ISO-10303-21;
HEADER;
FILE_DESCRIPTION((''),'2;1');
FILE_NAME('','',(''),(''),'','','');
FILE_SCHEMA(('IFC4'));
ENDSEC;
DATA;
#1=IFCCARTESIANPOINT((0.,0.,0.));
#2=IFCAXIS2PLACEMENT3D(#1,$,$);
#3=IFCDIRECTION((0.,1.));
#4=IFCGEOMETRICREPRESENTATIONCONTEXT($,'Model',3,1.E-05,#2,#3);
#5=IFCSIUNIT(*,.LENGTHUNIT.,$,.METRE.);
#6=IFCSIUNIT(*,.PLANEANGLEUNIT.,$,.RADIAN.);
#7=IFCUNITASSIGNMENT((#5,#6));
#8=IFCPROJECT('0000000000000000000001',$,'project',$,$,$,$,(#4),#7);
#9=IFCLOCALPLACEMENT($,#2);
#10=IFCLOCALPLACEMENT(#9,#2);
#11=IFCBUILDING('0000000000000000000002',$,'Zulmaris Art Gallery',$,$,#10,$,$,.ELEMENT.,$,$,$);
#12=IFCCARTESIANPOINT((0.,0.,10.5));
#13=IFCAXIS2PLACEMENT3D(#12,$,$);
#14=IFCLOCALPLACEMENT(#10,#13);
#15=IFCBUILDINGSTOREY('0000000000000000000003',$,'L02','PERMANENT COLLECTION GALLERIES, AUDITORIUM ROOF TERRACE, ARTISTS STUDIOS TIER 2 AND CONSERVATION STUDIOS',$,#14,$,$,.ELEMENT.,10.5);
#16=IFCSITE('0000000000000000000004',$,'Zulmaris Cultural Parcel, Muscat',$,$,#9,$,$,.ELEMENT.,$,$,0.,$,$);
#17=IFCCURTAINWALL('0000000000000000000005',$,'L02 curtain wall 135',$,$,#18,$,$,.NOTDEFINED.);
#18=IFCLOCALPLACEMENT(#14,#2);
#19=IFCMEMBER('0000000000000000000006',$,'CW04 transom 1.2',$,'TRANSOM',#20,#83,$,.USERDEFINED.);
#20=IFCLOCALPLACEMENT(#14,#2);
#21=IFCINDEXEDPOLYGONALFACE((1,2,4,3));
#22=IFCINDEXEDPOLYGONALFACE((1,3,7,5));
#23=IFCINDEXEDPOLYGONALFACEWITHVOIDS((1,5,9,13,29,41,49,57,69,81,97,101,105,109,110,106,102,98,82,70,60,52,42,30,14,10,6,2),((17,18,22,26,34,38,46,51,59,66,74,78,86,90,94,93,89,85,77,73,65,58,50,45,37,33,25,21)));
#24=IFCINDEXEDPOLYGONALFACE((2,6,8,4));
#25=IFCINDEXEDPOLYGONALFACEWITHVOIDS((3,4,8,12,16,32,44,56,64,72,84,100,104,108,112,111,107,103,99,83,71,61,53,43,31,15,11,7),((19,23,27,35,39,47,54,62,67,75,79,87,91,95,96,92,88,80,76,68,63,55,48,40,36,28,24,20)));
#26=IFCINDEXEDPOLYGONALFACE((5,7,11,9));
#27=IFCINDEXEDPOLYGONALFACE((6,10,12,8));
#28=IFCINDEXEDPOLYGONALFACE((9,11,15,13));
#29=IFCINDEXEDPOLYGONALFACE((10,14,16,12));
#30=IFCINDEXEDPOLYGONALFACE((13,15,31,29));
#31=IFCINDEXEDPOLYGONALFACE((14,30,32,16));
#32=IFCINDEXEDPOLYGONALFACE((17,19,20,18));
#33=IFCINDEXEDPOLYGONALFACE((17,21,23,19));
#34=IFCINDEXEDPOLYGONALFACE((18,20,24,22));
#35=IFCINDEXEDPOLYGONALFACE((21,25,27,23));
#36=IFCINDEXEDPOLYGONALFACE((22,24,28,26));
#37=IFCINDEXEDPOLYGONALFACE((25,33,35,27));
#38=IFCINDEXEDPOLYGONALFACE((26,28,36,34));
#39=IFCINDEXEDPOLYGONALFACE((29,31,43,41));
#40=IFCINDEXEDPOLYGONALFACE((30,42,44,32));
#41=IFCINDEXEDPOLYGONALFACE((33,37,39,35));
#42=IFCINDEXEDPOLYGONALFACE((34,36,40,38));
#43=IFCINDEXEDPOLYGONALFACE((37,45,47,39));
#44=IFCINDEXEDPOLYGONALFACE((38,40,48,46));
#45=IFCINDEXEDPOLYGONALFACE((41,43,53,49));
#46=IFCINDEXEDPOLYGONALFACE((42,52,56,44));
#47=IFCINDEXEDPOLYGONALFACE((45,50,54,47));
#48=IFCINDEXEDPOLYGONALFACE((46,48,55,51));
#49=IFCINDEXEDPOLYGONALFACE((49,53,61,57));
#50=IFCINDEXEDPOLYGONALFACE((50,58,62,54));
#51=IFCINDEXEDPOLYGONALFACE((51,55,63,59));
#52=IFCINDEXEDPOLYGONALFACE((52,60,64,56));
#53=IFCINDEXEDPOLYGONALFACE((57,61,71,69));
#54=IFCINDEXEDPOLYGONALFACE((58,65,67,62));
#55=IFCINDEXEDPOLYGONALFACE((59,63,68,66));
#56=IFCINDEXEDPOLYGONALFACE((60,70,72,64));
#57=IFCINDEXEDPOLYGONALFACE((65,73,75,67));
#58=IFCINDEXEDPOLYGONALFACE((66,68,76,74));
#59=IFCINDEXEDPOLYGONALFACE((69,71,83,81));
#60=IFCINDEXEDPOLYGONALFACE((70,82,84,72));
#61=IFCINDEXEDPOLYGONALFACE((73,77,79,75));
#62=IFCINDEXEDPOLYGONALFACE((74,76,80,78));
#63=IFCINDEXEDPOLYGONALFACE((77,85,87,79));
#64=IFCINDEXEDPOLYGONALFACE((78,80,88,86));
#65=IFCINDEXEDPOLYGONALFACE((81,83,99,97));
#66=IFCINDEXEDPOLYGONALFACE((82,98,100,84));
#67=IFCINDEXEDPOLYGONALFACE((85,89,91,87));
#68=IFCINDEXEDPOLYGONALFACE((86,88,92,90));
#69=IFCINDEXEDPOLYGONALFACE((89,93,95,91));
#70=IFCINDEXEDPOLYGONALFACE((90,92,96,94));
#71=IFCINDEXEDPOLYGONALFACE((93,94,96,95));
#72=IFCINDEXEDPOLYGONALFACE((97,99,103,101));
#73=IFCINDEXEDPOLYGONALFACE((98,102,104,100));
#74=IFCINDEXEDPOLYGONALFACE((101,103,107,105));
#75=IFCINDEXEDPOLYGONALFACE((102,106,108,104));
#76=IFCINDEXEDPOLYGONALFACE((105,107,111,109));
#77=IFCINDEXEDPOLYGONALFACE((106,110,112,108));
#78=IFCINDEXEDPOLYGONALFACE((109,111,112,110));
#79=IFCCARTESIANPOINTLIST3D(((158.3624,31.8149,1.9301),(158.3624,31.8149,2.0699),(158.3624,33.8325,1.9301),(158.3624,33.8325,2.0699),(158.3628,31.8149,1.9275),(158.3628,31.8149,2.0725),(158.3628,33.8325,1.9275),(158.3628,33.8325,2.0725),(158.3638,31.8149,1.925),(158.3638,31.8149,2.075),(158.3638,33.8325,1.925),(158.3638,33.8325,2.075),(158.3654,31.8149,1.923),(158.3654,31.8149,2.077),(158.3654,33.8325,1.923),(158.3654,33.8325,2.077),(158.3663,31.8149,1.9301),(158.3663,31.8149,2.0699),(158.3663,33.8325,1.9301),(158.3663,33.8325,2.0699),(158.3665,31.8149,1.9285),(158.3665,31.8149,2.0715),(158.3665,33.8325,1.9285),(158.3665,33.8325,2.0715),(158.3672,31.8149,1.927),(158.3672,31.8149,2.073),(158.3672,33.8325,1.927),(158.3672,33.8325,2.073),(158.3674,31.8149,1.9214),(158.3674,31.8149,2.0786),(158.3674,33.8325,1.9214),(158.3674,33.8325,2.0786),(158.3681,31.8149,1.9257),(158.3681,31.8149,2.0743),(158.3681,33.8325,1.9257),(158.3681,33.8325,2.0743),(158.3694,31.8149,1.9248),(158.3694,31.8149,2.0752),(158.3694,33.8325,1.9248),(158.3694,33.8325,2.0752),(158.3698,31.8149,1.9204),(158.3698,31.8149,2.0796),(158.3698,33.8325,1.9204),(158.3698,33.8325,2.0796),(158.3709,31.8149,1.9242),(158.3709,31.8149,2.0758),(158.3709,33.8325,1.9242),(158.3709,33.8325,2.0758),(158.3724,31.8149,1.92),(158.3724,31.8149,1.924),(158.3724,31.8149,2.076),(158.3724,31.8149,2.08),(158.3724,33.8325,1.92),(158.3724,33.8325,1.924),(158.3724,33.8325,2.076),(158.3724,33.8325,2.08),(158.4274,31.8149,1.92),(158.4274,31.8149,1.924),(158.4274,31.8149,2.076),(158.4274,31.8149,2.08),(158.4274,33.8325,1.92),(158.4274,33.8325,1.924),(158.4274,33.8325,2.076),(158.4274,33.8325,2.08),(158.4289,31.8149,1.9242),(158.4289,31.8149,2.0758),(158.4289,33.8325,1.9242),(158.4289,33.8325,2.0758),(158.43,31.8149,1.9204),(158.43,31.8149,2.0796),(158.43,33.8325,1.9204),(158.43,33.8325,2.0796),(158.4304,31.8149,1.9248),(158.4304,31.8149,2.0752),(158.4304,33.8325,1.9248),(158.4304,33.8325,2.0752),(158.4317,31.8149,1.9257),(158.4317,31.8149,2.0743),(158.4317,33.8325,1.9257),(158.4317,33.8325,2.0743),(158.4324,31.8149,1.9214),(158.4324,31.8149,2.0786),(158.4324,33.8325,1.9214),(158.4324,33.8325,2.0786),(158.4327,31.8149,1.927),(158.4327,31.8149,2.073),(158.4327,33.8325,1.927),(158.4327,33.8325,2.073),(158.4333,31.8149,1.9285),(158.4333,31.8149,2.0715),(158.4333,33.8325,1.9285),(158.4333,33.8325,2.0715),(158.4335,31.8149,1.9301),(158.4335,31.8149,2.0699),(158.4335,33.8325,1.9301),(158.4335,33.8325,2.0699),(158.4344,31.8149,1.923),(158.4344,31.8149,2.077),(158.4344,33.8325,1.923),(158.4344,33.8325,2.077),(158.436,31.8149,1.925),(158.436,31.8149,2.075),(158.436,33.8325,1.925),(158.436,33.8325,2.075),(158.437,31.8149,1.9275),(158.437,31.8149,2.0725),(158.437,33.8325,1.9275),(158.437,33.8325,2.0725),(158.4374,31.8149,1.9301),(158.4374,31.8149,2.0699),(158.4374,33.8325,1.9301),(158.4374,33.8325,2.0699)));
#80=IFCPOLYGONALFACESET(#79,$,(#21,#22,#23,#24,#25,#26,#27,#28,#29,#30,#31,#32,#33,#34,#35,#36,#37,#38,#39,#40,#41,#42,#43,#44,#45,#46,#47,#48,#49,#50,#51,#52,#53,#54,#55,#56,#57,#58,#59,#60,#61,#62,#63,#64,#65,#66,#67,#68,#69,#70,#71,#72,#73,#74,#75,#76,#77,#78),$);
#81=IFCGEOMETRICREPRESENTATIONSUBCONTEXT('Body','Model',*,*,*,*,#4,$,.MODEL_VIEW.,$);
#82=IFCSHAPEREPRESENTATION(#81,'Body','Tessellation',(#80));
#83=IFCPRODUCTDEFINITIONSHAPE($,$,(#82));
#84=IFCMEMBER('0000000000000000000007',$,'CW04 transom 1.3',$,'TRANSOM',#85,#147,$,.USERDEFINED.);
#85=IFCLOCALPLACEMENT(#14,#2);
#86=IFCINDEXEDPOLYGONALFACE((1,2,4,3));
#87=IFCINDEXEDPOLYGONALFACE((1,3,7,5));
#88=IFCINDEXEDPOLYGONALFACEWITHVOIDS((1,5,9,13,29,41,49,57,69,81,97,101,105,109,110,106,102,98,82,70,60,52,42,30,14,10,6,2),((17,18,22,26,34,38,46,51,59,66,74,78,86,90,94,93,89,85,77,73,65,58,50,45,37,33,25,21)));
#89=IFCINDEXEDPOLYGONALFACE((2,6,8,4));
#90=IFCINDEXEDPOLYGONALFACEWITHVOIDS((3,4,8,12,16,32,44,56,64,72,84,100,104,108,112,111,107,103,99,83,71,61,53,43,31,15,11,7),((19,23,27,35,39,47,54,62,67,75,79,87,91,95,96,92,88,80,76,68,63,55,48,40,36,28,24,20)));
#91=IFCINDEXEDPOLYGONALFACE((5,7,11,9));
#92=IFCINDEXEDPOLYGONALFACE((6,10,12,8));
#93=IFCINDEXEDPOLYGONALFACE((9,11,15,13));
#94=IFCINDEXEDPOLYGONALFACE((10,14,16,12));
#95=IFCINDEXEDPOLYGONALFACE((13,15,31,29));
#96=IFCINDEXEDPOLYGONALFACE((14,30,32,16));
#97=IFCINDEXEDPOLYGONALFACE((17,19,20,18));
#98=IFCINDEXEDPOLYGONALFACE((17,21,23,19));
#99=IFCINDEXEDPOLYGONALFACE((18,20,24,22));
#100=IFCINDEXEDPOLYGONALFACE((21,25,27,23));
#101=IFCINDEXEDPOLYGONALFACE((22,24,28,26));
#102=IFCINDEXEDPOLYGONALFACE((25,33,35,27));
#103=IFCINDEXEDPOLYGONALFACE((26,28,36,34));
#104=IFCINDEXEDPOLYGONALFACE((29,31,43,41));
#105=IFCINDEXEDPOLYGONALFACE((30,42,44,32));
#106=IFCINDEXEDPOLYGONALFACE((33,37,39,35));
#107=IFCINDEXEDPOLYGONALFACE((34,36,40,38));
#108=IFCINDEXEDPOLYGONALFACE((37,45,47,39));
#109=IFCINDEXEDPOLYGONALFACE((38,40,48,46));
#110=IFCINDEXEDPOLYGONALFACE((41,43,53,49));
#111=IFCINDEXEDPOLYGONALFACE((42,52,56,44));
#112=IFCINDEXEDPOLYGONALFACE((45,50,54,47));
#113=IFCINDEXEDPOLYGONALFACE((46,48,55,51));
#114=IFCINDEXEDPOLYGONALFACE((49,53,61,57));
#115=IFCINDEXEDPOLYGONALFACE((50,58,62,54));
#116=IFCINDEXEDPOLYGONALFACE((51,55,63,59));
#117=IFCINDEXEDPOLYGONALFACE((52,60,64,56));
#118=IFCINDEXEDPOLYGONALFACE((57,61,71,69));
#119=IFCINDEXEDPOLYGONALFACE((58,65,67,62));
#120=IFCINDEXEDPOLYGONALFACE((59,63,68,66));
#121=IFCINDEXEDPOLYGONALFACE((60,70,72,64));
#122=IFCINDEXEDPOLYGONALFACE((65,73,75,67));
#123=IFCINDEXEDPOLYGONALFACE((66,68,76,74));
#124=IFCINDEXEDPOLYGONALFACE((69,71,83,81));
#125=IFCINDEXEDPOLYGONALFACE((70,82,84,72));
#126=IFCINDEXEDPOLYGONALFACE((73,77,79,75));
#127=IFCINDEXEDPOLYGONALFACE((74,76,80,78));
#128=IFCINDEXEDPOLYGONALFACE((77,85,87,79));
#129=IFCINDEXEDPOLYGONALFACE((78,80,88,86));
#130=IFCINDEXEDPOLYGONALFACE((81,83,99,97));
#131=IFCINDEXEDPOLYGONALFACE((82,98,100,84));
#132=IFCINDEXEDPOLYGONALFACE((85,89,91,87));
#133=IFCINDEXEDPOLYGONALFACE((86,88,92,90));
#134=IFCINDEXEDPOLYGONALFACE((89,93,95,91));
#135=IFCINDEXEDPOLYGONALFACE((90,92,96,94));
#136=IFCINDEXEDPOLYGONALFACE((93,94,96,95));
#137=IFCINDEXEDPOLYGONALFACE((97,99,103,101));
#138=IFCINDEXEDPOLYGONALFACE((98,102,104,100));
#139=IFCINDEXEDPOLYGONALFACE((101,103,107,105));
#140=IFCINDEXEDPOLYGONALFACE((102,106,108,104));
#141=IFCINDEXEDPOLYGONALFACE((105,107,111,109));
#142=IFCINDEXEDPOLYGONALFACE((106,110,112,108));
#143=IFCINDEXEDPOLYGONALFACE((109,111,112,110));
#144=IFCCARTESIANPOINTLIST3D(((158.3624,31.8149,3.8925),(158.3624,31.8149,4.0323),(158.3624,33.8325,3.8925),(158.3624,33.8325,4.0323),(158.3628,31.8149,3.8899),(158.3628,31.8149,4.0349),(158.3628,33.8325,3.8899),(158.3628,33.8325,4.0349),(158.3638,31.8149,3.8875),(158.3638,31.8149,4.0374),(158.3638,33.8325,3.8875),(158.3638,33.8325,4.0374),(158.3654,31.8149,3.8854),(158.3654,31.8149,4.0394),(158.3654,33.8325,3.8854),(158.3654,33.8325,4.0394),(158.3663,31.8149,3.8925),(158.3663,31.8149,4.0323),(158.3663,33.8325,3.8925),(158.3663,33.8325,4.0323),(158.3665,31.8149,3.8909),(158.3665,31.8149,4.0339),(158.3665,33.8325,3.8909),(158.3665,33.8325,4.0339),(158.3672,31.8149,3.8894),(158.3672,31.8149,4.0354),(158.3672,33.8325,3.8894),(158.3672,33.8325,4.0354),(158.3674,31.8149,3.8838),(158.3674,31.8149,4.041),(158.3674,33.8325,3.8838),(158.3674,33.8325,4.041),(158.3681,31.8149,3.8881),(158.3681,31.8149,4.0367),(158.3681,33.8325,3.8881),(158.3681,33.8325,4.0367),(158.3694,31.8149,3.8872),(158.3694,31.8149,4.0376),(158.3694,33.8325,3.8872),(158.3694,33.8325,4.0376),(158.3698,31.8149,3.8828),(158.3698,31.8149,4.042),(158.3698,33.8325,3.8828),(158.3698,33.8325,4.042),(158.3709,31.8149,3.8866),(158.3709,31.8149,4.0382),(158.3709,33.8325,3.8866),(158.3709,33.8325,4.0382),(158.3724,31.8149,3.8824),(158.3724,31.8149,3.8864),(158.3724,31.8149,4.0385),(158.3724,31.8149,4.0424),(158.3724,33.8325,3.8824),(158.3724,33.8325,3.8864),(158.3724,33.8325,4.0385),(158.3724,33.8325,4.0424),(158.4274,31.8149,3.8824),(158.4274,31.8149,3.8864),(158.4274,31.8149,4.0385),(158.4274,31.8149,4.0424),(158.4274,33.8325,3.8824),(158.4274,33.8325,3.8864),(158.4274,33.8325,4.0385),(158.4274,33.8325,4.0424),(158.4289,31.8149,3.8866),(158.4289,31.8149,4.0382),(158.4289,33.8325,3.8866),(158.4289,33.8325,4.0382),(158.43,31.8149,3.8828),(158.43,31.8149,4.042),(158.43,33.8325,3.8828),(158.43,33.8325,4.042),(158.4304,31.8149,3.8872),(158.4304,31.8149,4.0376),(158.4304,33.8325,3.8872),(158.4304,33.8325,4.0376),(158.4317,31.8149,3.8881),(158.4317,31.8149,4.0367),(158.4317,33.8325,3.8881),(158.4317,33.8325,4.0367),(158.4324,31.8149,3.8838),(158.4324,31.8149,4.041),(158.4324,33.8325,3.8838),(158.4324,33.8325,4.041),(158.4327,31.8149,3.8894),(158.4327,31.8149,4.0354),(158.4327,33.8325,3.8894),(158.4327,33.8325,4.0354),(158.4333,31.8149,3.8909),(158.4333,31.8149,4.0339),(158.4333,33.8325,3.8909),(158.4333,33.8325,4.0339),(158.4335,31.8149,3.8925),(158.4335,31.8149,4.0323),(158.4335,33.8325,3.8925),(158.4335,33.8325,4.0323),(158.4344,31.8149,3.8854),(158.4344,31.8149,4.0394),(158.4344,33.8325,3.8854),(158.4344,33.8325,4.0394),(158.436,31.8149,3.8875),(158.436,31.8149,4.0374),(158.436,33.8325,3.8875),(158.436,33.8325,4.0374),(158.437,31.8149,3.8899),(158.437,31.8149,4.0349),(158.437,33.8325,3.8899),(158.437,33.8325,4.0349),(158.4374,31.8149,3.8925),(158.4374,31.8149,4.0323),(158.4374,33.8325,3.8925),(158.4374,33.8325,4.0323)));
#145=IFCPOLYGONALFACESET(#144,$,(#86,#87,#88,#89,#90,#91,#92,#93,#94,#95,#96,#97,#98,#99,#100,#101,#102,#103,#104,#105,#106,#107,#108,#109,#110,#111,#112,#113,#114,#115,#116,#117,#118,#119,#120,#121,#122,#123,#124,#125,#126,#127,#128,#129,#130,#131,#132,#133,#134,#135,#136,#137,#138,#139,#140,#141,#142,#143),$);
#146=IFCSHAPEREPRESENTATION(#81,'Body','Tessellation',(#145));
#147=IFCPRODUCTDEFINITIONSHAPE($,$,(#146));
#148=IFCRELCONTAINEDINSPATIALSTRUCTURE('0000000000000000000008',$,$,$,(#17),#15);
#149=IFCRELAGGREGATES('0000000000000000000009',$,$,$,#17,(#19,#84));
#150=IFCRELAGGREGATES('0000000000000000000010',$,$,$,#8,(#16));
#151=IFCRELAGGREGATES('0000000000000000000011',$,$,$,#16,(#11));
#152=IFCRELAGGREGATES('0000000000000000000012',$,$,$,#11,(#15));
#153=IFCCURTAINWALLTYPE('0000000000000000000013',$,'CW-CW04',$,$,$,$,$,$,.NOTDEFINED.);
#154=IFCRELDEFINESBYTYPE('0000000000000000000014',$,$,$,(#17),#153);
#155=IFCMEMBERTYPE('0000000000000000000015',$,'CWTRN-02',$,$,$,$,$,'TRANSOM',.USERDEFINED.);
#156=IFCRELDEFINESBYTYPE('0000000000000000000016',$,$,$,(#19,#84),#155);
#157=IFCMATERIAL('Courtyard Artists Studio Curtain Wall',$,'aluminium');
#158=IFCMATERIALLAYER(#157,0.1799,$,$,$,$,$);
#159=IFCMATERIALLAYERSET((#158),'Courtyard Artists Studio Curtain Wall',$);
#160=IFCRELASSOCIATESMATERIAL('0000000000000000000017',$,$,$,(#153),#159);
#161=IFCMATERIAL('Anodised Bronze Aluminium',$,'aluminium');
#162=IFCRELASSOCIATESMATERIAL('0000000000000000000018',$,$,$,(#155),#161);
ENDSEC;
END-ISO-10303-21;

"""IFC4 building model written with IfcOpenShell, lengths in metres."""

from ifc_helpers import new_model, si_unit, direction, frame, origin, origin_2d, place, context, subcontext, project, spatial, hollow_rectangle, extrude, material, layer, layer_set, material_profile, profile_set, type_object, element, aggregate, save


model = new_model("IFC4")

# Units and contexts
model_context = context("Model", 3, precision=1e-05, world=origin(), true_north=direction((0.0, 1.0)))
body_context = subcontext(model_context, "Body", "Model", "MODEL_VIEW")
ifc_project = project(units=[si_unit("LENGTHUNIT", "METRE"), si_unit("PLANEANGLEUNIT", "RADIAN")], contexts=[model_context])

# Site, building, storey
site_placement = place(None, origin())
site = spatial("IfcSite", under=ifc_project, at=site_placement, Name="Zulmaris Cultural Parcel, Muscat", CompositionType="ELEMENT", RefElevation=0.0)
building_placement = place(site_placement, origin())
building = spatial("IfcBuilding", under=site, at=building_placement, Name="Zulmaris Art Gallery", CompositionType="ELEMENT")
storey_placement = place(building_placement, frame((0.0, 0.0, 10.5)))
storey = spatial("IfcBuildingStorey", under=building, at=storey_placement, Name="L02", Description="PERMANENT COLLECTION GALLERIES, AUDITORIUM ROOF TERRACE, ARTISTS STUDIOS TIER 2 AND CONSERVATION STUDIOS", CompositionType="ELEMENT", Elevation=10.5)

# Curtain wall, members
ifc_material_1 = material(Name="Courtyard Artists Studio Curtain Wall", Category="aluminium")
ifc_layer_1 = layer(ifc_material_1, 0.1799)
ifc_layer_set_1 = layer_set([ifc_layer_1], Name="Courtyard Artists Studio Curtain Wall")
curtain_wall_type = type_object("IfcCurtainWallType", Name="CW-CW04", PredefinedType="NOTDEFINED", material=ifc_layer_set_1)
curtain_wall_placement = place(storey_placement, origin())
curtain_wall = element("IfcCurtainWall", 1, at=curtain_wall_placement, inside=storey, type_object=curtain_wall_type, Name="L02 curtain wall 135", PredefinedType="NOTDEFINED")
ifc_material_2 = material(Name="Anodised Bronze Aluminium", Category="aluminium")
ifc_material_profile_1 = material_profile(ifc_material_2, hollow_rectangle(XDim=0.075, YDim=0.1599, WallThickness=0.0039, InnerFilletRadius=0.0061, OuterFilletRadius=0.01, at=origin_2d()), Name="ALU 75x160x4")
ifc_profile_set_1 = profile_set([ifc_material_profile_1], Name="Anodised Bronze Aluminium")
member_type_1 = type_object("IfcMemberType", Name="CWTRN-02", ElementType="TRANSOM", PredefinedType="USERDEFINED", material=ifc_profile_set_1)
member_1_placement = place(storey_placement, frame((158.3999, 31.8149, 2.0), z_axis=(0.0, 1.0, 0.0), x_axis=(-1.0, 0.0, 0.0)))
member_1 = element("IfcMember", 2, at=member_1_placement, type_object=member_type_1, Name="CW04 transom 1.2", ObjectType="TRANSOM", PredefinedType="USERDEFINED", context=body_context, shape_type="SweptSolid", body=[
    extrude(hollow_rectangle(XDim=0.075, YDim=0.1599, WallThickness=0.0039, InnerFilletRadius=0.0061, OuterFilletRadius=0.01, at=origin_2d()), origin(), (0.0, 0.0, 1.0), 2.0176),
])
member_2_placement = place(storey_placement, frame((158.3999, 31.8149, 3.9624), z_axis=(0.0, 1.0, 0.0), x_axis=(-1.0, 0.0, 0.0)))
member_2 = element("IfcMember", 3, at=member_2_placement, type_object=member_type_1, Name="CW04 transom 1.3", ObjectType="TRANSOM", PredefinedType="USERDEFINED", context=body_context, shape_type="SweptSolid", body=[
    extrude(hollow_rectangle(XDim=0.075, YDim=0.1599, WallThickness=0.0039, InnerFilletRadius=0.0061, OuterFilletRadius=0.01, at=origin_2d()), origin(), (0.0, 0.0, 1.0), 2.0176),
])
aggregate(curtain_wall, [member_1, member_2])

save(model, "model.ifc")
